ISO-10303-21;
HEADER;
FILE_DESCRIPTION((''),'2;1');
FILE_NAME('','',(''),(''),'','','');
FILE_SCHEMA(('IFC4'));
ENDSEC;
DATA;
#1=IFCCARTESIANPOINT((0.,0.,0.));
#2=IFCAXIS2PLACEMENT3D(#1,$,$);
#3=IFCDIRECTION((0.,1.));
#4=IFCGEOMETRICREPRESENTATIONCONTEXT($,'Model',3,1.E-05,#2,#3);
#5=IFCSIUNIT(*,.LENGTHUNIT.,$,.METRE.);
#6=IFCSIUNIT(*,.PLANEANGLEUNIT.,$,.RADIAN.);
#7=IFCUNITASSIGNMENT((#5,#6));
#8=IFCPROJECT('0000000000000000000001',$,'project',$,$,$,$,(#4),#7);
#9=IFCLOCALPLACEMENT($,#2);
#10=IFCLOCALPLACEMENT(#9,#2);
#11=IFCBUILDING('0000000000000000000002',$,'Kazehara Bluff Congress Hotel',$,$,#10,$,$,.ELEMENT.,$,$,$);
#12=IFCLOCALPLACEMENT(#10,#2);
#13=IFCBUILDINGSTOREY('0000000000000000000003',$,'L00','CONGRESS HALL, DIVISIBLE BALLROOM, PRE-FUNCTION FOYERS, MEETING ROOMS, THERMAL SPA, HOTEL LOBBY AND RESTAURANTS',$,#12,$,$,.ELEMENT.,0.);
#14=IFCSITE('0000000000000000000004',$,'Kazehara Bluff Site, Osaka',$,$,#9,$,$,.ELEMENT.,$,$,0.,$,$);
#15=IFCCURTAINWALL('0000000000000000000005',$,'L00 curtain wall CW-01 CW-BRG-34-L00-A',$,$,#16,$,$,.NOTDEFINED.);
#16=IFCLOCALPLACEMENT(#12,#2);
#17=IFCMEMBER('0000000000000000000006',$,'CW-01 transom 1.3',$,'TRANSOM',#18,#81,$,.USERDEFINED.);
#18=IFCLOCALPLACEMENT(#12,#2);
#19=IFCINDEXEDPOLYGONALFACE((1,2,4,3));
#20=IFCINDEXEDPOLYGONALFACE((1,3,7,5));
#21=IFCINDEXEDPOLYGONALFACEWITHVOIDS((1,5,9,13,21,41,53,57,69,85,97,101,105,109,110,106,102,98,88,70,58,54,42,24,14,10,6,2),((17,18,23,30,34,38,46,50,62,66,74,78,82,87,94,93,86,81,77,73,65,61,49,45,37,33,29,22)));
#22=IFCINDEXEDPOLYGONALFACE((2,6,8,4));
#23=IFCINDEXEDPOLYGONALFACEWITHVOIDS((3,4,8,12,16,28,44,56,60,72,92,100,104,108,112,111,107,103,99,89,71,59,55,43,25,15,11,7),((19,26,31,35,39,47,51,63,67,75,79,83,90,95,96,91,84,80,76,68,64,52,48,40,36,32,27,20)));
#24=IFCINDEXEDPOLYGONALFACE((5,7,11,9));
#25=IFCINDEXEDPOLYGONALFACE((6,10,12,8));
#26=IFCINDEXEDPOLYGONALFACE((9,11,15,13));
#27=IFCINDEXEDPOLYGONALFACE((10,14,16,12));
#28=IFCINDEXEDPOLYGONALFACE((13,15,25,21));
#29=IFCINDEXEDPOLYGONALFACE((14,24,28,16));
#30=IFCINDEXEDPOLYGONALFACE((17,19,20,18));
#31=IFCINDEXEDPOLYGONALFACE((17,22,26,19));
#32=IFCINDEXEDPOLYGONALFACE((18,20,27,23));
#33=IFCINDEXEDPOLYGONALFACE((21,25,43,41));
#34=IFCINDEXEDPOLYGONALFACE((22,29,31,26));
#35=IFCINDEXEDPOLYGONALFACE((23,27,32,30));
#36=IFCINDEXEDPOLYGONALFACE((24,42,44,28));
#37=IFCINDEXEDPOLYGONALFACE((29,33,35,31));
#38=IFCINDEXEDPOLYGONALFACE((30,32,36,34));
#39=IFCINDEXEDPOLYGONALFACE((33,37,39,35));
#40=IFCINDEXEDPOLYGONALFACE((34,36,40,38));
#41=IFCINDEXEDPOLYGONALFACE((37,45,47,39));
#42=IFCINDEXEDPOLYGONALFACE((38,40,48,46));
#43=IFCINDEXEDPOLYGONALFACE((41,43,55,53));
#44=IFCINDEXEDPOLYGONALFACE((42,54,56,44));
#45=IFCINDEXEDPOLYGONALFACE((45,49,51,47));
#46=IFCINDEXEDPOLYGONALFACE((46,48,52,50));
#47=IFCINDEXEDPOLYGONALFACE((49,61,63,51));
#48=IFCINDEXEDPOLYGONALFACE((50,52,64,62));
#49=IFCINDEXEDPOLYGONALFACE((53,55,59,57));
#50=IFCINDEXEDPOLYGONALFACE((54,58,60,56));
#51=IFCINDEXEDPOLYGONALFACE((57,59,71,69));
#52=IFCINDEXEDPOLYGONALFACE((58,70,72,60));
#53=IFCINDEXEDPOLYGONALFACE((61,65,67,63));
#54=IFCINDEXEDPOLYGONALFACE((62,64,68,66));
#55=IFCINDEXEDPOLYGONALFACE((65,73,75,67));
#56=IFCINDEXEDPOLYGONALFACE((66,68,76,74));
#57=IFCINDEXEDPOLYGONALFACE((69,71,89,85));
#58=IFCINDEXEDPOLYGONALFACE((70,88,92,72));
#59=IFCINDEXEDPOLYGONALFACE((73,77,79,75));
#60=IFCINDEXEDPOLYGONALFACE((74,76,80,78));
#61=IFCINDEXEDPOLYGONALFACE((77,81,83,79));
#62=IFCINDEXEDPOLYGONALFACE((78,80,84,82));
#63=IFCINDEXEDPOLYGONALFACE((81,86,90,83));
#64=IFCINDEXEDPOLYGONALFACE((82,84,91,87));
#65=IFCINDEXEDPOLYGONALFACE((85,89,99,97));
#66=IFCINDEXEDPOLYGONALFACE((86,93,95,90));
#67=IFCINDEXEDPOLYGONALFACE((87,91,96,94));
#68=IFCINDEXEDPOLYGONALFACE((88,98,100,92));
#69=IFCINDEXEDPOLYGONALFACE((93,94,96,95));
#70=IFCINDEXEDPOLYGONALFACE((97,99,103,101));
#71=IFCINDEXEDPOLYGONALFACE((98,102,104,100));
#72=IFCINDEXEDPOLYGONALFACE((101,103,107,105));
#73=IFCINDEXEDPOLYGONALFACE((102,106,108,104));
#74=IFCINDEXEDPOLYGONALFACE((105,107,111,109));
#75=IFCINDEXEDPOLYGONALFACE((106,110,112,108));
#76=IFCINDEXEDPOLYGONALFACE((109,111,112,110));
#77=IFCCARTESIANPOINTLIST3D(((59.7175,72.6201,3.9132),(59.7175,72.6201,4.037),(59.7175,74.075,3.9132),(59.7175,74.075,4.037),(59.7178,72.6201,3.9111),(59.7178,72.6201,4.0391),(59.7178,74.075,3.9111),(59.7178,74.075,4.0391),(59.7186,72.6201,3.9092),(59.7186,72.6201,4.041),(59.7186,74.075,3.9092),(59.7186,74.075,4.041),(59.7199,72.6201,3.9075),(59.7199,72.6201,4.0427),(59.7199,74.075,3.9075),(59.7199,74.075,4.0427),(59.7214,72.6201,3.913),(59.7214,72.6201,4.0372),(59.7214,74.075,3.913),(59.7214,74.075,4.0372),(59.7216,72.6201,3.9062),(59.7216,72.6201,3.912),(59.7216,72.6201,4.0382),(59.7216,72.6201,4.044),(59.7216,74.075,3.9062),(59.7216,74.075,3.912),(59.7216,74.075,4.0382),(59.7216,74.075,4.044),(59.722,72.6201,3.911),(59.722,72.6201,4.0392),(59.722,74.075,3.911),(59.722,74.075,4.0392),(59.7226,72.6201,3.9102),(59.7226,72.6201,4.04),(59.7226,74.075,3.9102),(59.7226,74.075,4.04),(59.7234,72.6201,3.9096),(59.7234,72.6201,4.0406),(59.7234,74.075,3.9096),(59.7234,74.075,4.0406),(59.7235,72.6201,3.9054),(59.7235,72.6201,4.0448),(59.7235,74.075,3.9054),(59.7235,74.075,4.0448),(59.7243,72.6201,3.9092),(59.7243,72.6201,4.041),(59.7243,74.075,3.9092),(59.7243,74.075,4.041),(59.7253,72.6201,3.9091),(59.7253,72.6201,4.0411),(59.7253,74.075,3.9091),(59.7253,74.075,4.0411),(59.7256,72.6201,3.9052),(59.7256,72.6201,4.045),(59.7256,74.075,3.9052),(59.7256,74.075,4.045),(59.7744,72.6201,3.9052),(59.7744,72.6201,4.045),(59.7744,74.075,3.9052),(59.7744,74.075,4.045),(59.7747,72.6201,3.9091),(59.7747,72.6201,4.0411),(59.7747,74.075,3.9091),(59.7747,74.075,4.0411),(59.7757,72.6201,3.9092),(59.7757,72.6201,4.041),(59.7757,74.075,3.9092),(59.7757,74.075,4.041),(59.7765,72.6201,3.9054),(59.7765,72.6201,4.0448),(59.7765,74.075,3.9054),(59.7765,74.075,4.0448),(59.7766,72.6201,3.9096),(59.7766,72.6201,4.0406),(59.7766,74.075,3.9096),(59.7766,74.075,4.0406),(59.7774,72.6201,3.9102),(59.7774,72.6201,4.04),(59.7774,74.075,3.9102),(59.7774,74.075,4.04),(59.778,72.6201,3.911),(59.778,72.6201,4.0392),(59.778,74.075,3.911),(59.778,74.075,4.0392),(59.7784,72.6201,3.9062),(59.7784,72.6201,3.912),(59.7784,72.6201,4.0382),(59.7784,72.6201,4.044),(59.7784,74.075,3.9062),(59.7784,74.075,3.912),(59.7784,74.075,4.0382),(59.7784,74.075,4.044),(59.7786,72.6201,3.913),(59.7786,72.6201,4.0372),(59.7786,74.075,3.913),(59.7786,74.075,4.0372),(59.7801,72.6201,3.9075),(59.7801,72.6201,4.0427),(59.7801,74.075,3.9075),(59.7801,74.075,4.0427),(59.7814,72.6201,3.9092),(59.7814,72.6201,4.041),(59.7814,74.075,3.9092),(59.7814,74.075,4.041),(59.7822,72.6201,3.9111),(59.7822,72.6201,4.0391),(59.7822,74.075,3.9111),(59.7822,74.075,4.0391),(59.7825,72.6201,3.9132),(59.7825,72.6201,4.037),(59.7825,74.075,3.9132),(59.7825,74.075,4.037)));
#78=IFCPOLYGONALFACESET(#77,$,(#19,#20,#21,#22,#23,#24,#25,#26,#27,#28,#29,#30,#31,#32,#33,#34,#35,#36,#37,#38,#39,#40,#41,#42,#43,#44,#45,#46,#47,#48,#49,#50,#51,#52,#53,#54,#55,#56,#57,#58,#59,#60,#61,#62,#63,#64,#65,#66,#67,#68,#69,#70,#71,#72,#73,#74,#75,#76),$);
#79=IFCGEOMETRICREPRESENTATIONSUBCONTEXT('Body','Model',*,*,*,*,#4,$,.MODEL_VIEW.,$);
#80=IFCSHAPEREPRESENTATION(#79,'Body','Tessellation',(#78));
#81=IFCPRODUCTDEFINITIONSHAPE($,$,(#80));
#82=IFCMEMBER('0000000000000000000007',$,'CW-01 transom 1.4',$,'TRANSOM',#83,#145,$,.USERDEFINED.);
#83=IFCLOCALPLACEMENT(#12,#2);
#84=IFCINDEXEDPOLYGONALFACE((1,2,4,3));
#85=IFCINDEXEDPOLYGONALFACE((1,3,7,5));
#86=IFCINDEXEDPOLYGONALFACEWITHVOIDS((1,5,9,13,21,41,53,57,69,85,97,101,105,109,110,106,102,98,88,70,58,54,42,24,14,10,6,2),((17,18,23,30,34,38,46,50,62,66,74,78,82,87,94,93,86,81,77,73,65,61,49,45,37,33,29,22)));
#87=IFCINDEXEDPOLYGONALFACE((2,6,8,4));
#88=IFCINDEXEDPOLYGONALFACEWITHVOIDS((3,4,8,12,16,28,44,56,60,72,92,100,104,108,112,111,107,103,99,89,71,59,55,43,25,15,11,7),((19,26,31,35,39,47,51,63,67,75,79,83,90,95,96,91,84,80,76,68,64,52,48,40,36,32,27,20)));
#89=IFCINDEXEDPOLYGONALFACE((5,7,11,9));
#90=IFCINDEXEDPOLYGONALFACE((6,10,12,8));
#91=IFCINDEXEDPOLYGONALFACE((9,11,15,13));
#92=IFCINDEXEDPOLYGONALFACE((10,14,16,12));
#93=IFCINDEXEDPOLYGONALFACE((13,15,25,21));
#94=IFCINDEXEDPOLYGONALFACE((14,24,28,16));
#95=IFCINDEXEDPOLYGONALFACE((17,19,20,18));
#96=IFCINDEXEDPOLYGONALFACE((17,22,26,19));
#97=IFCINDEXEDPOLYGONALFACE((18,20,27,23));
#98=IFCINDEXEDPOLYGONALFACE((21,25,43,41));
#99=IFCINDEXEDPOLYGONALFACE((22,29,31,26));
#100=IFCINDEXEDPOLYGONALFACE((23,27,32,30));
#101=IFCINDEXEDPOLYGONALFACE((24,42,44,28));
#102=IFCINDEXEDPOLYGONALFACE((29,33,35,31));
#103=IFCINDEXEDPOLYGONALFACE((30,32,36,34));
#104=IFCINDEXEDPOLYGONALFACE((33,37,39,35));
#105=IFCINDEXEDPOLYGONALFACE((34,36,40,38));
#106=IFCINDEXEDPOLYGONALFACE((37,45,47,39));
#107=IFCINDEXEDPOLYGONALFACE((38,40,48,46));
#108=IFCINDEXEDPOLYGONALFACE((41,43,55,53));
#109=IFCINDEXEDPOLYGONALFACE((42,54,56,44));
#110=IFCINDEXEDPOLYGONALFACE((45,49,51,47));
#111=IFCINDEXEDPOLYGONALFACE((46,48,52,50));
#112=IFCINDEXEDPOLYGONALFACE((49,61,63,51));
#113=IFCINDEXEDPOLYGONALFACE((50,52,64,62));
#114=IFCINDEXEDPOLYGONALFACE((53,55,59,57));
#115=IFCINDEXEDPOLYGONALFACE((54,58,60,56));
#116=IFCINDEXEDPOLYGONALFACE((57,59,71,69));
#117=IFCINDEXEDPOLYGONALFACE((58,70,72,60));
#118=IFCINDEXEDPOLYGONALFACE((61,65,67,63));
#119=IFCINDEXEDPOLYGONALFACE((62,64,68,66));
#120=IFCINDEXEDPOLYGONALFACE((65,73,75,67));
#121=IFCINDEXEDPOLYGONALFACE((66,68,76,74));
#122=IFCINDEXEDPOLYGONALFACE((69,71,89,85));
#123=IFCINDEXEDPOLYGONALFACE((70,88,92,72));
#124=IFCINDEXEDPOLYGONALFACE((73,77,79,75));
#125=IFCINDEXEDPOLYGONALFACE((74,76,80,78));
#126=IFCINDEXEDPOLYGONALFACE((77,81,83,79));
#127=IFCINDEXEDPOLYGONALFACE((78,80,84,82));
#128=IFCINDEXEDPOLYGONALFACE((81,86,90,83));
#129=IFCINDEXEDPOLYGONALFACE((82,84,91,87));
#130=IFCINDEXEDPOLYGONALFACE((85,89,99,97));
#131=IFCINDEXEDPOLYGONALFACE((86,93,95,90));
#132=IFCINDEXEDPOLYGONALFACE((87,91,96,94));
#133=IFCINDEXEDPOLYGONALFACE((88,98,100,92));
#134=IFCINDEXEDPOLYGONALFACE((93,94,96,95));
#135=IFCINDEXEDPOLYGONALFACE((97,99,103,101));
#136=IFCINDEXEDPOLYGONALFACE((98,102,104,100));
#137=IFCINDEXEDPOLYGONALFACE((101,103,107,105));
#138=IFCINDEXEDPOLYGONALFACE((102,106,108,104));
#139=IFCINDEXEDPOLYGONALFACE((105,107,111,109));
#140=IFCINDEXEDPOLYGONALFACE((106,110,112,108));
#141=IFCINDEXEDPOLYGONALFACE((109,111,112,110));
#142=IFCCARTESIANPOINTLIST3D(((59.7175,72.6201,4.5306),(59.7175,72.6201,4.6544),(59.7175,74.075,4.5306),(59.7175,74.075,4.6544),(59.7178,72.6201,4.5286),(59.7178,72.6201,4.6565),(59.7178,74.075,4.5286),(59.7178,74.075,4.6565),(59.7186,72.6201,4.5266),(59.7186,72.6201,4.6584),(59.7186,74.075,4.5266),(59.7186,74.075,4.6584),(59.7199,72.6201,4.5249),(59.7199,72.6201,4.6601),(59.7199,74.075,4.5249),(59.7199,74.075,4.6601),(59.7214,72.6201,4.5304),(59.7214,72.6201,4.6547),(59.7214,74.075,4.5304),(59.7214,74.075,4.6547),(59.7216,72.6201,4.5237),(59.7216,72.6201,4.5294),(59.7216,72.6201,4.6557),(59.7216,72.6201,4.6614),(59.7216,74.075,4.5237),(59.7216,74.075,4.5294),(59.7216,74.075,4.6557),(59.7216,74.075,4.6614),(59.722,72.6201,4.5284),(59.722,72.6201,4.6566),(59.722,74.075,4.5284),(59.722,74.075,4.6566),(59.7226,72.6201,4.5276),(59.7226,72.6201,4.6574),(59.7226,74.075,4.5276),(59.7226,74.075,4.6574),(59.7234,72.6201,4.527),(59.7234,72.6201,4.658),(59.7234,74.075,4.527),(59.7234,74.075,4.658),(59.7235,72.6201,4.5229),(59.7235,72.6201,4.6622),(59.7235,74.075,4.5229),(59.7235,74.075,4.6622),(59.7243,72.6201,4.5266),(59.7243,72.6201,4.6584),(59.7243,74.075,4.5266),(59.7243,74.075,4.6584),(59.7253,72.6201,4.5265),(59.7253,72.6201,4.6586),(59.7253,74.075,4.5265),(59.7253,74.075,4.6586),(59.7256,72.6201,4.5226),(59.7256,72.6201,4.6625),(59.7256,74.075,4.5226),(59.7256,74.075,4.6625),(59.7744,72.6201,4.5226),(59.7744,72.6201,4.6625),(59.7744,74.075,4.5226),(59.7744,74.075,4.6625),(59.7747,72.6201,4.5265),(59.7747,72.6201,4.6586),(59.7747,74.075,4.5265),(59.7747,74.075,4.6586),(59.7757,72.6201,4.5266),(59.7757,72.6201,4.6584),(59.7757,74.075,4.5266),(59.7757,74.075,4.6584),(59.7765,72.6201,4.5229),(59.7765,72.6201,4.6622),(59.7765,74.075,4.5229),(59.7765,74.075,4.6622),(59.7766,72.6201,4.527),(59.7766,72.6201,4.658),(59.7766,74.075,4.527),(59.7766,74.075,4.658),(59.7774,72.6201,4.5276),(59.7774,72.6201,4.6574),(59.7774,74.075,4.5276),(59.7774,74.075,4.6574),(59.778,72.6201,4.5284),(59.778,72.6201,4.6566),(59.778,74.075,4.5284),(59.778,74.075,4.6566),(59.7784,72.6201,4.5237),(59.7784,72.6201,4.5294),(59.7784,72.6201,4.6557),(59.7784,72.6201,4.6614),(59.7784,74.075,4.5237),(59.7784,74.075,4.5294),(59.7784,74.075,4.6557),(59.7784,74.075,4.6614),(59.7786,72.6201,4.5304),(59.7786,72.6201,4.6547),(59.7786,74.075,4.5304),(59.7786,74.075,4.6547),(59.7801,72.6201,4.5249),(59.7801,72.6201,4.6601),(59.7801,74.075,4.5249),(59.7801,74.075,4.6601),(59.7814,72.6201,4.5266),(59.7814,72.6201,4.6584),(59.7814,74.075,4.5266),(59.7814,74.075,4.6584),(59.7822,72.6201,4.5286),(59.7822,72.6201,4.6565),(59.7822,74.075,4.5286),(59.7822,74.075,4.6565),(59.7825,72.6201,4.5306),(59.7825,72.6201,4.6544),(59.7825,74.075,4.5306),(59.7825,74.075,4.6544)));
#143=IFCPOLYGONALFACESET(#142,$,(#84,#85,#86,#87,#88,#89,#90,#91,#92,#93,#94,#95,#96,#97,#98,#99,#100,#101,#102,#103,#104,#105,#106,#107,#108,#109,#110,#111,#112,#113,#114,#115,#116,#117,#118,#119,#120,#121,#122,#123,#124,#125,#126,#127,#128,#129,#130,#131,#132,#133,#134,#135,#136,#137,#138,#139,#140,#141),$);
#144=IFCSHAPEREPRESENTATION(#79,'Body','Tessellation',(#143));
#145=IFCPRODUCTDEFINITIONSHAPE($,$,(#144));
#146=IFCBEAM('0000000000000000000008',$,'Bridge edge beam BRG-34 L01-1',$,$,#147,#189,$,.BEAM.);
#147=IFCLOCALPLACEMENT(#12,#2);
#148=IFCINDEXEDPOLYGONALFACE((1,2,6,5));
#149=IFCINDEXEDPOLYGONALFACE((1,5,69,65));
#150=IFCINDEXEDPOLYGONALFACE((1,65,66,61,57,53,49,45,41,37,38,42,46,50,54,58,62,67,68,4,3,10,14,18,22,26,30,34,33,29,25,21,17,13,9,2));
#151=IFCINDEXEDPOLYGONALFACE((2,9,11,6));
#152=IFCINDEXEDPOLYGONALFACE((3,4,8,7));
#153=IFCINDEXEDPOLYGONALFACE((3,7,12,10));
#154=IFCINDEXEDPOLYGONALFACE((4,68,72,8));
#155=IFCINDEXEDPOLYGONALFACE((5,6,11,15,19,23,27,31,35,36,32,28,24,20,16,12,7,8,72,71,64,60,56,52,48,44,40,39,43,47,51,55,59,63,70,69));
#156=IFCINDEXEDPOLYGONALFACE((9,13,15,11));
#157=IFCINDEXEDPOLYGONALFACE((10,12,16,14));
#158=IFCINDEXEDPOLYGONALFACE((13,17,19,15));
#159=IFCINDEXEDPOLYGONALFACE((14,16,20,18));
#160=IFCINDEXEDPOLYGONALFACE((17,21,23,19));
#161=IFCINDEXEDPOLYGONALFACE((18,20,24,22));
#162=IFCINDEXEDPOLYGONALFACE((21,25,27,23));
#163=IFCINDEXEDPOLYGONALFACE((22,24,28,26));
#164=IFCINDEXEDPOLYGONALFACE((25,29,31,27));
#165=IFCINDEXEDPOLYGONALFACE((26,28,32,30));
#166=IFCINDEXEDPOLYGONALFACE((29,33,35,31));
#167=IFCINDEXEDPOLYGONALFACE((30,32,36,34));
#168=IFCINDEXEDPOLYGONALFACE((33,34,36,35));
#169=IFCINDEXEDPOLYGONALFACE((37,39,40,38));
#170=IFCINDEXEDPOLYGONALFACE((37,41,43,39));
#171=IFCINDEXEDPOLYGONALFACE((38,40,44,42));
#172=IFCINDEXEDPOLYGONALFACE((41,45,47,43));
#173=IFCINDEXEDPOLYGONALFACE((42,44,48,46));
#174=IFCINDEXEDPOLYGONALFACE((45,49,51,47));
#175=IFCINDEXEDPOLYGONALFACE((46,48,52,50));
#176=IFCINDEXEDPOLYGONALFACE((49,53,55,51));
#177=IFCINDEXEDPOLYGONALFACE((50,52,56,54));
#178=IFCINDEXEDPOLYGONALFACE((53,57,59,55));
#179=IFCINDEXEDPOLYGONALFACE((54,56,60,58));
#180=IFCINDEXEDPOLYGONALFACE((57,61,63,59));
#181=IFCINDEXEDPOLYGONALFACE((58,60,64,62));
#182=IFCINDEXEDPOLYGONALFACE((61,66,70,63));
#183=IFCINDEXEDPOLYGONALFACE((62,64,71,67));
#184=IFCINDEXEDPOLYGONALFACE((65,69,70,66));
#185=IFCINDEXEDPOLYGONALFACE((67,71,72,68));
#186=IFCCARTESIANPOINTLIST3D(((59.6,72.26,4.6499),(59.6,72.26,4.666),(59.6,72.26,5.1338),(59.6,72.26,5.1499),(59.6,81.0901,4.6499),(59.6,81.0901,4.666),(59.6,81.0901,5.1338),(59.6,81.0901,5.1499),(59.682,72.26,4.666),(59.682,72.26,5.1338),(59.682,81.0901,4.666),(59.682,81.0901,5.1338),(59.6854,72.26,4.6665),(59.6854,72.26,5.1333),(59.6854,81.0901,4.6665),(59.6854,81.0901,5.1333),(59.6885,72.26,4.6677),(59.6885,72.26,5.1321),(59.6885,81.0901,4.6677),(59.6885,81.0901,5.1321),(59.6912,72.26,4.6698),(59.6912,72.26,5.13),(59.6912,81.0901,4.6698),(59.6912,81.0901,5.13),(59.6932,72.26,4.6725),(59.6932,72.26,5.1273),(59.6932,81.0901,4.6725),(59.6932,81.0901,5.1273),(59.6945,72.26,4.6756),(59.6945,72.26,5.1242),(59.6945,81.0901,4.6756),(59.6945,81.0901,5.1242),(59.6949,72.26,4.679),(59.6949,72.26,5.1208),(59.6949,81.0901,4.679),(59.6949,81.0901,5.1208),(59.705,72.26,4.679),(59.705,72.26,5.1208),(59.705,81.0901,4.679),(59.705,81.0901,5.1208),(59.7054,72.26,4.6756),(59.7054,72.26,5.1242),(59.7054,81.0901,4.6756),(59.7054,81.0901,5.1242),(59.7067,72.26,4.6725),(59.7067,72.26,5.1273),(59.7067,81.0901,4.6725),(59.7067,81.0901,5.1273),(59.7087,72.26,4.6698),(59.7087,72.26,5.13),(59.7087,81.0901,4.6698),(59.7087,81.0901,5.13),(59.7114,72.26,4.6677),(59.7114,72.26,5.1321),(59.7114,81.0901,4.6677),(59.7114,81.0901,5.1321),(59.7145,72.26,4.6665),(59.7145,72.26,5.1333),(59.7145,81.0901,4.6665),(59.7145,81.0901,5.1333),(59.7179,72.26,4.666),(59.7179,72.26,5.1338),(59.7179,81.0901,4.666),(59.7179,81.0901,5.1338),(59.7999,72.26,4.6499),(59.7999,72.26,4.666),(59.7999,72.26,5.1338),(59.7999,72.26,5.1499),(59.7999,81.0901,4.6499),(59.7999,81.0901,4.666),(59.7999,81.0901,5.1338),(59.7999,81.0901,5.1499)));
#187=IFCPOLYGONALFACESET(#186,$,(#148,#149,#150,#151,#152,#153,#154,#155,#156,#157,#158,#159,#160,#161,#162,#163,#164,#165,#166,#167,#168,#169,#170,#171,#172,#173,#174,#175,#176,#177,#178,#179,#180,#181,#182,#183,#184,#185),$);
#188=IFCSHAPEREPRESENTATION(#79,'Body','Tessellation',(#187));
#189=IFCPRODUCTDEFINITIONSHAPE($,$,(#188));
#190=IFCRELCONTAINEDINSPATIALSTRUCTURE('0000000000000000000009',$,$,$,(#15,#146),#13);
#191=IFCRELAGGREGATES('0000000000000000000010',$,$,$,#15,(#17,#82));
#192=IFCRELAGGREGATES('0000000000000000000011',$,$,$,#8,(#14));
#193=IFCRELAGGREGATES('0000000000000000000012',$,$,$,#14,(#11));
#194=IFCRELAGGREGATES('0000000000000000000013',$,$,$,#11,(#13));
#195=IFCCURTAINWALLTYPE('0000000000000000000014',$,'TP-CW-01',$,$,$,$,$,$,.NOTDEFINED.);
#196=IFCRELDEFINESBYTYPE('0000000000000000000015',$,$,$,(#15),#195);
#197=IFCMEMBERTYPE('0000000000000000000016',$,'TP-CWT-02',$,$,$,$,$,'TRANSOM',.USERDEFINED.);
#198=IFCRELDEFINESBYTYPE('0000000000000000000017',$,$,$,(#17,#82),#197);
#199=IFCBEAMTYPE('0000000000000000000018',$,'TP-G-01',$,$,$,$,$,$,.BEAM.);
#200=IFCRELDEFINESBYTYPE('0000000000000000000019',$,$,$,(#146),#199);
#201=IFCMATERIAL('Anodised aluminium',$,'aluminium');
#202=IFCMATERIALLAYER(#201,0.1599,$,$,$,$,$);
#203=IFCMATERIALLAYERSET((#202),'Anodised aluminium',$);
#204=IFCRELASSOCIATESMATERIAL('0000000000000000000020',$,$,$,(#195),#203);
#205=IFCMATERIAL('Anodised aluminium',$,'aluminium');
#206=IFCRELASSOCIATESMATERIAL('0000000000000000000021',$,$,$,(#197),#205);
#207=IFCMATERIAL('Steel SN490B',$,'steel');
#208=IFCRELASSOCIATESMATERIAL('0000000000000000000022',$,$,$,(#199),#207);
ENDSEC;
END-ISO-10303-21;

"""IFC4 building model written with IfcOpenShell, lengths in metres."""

from ifc_helpers import new_model, si_unit, direction, frame, origin, origin_2d, place, context, subcontext, project, spatial, hollow_rectangle, i_section, extrude, material, layer, layer_set, material_profile, profile_set, type_object, element, aggregate, save


model = new_model("IFC4")

# Units and contexts
model_context = context("Model", 3, precision=1e-05, world=origin(), true_north=direction((0.0, 1.0)))
body_context = subcontext(model_context, "Body", "Model", "MODEL_VIEW")
ifc_project = project(units=[si_unit("LENGTHUNIT", "METRE"), si_unit("PLANEANGLEUNIT", "RADIAN")], contexts=[model_context])

# Site, building, storey
site_placement = place(None, origin())
site = spatial("IfcSite", under=ifc_project, at=site_placement, Name="Kazehara Bluff Site, Osaka", CompositionType="ELEMENT", RefElevation=0.0)
building_placement = place(site_placement, origin())
building = spatial("IfcBuilding", under=site, at=building_placement, Name="Kazehara Bluff Congress Hotel", CompositionType="ELEMENT")
storey_placement = place(building_placement, origin())
storey = spatial("IfcBuildingStorey", under=building, at=storey_placement, Name="L00", Description="CONGRESS HALL, DIVISIBLE BALLROOM, PRE-FUNCTION FOYERS, MEETING ROOMS, THERMAL SPA, HOTEL LOBBY AND RESTAURANTS", CompositionType="ELEMENT", Elevation=0.0)

# Curtain wall
ifc_material_1 = material(Name="Anodised aluminium", Category="aluminium")
ifc_layer_1 = layer(ifc_material_1, 0.1599)
ifc_layer_set_1 = layer_set([ifc_layer_1], Name="Anodised aluminium")
curtain_wall_type = type_object("IfcCurtainWallType", Name="TP-CW-01", PredefinedType="NOTDEFINED", material=ifc_layer_set_1)
curtain_wall_1_placement = place(storey_placement, origin())
curtain_wall_1 = element("IfcCurtainWall", 1, at=curtain_wall_1_placement, inside=storey, type_object=curtain_wall_type, Name="L00 curtain wall CW-01 CW-BRG-34-L00-A", PredefinedType="NOTDEFINED")

# Members
ifc_material_2 = material(Name="Anodised aluminium", Category="aluminium")
ifc_material_profile_1 = material_profile(ifc_material_2, hollow_rectangle(XDim=0.0649, YDim=0.1399, WallThickness=0.0039, InnerFilletRadius=0.0039, OuterFilletRadius=0.0081, at=origin_2d()))
ifc_profile_set_1 = profile_set([ifc_material_profile_1], Name="Anodised aluminium")
member_type_1 = type_object("IfcMemberType", Name="TP-CWT-02", ElementType="TRANSOM", PredefinedType="USERDEFINED", material=ifc_profile_set_1)
member_1_placement = place(storey_placement, frame((59.75, 72.6201, 3.9751), z_axis=(0.0, 1.0, 0.0), x_axis=(-1.0, 0.0, 0.0)))
member_1 = element("IfcMember", 2, at=member_1_placement, type_object=member_type_1, Name="CW-01 transom 1.3", ObjectType="TRANSOM", PredefinedType="USERDEFINED", context=body_context, shape_type="SweptSolid", body=[
    extrude(hollow_rectangle(XDim=0.0649, YDim=0.1399, WallThickness=0.0039, InnerFilletRadius=0.0039, OuterFilletRadius=0.0081, at=origin_2d()), origin(), (0.0, 0.0, 1.0), 1.4548),
])
member_2_placement = place(storey_placement, frame((59.75, 72.6201, 4.5925), z_axis=(0.0, 1.0, 0.0), x_axis=(-1.0, 0.0, 0.0)))
member_2 = element("IfcMember", 3, at=member_2_placement, type_object=member_type_1, Name="CW-01 transom 1.4", ObjectType="TRANSOM", PredefinedType="USERDEFINED", context=body_context, shape_type="SweptSolid", body=[
    extrude(hollow_rectangle(XDim=0.0649, YDim=0.1399, WallThickness=0.0039, InnerFilletRadius=0.0039, OuterFilletRadius=0.0081, at=origin_2d()), origin(), (0.0, 0.0, 1.0), 1.4548),
])
aggregate(curtain_wall_1, [member_1, member_2])

# Beam
ifc_material_3 = material(Name="Steel SN490B", Category="steel")
ifc_material_profile_2 = material_profile(ifc_material_3, i_section(OverallWidth=0.2, OverallDepth=0.5, WebThickness=0.01, FlangeThickness=0.0161, FilletRadius=0.0129, at=origin_2d()))
ifc_profile_set_2 = profile_set([ifc_material_profile_2], Name="Steel SN490B")
beam_type_1 = type_object("IfcBeamType", Name="TP-G-01", PredefinedType="BEAM", material=ifc_profile_set_2)
beam_1_placement = place(storey_placement, frame((59.7, 72.26, 4.8999), z_axis=(0.0, 1.0, 0.0), x_axis=(-1.0, 0.0, 0.0)))
element("IfcBeam", 4, at=beam_1_placement, inside=storey, type_object=beam_type_1, Name="Bridge edge beam BRG-34 L01-1", PredefinedType="BEAM", context=body_context, shape_type="SweptSolid", body=[
    extrude(i_section(OverallWidth=0.2, OverallDepth=0.5, WebThickness=0.01, FlangeThickness=0.0161, FilletRadius=0.0129, at=origin_2d()), origin(), (0.0, 0.0, 1.0), 8.8301),
])

save(model, "model.ifc")
